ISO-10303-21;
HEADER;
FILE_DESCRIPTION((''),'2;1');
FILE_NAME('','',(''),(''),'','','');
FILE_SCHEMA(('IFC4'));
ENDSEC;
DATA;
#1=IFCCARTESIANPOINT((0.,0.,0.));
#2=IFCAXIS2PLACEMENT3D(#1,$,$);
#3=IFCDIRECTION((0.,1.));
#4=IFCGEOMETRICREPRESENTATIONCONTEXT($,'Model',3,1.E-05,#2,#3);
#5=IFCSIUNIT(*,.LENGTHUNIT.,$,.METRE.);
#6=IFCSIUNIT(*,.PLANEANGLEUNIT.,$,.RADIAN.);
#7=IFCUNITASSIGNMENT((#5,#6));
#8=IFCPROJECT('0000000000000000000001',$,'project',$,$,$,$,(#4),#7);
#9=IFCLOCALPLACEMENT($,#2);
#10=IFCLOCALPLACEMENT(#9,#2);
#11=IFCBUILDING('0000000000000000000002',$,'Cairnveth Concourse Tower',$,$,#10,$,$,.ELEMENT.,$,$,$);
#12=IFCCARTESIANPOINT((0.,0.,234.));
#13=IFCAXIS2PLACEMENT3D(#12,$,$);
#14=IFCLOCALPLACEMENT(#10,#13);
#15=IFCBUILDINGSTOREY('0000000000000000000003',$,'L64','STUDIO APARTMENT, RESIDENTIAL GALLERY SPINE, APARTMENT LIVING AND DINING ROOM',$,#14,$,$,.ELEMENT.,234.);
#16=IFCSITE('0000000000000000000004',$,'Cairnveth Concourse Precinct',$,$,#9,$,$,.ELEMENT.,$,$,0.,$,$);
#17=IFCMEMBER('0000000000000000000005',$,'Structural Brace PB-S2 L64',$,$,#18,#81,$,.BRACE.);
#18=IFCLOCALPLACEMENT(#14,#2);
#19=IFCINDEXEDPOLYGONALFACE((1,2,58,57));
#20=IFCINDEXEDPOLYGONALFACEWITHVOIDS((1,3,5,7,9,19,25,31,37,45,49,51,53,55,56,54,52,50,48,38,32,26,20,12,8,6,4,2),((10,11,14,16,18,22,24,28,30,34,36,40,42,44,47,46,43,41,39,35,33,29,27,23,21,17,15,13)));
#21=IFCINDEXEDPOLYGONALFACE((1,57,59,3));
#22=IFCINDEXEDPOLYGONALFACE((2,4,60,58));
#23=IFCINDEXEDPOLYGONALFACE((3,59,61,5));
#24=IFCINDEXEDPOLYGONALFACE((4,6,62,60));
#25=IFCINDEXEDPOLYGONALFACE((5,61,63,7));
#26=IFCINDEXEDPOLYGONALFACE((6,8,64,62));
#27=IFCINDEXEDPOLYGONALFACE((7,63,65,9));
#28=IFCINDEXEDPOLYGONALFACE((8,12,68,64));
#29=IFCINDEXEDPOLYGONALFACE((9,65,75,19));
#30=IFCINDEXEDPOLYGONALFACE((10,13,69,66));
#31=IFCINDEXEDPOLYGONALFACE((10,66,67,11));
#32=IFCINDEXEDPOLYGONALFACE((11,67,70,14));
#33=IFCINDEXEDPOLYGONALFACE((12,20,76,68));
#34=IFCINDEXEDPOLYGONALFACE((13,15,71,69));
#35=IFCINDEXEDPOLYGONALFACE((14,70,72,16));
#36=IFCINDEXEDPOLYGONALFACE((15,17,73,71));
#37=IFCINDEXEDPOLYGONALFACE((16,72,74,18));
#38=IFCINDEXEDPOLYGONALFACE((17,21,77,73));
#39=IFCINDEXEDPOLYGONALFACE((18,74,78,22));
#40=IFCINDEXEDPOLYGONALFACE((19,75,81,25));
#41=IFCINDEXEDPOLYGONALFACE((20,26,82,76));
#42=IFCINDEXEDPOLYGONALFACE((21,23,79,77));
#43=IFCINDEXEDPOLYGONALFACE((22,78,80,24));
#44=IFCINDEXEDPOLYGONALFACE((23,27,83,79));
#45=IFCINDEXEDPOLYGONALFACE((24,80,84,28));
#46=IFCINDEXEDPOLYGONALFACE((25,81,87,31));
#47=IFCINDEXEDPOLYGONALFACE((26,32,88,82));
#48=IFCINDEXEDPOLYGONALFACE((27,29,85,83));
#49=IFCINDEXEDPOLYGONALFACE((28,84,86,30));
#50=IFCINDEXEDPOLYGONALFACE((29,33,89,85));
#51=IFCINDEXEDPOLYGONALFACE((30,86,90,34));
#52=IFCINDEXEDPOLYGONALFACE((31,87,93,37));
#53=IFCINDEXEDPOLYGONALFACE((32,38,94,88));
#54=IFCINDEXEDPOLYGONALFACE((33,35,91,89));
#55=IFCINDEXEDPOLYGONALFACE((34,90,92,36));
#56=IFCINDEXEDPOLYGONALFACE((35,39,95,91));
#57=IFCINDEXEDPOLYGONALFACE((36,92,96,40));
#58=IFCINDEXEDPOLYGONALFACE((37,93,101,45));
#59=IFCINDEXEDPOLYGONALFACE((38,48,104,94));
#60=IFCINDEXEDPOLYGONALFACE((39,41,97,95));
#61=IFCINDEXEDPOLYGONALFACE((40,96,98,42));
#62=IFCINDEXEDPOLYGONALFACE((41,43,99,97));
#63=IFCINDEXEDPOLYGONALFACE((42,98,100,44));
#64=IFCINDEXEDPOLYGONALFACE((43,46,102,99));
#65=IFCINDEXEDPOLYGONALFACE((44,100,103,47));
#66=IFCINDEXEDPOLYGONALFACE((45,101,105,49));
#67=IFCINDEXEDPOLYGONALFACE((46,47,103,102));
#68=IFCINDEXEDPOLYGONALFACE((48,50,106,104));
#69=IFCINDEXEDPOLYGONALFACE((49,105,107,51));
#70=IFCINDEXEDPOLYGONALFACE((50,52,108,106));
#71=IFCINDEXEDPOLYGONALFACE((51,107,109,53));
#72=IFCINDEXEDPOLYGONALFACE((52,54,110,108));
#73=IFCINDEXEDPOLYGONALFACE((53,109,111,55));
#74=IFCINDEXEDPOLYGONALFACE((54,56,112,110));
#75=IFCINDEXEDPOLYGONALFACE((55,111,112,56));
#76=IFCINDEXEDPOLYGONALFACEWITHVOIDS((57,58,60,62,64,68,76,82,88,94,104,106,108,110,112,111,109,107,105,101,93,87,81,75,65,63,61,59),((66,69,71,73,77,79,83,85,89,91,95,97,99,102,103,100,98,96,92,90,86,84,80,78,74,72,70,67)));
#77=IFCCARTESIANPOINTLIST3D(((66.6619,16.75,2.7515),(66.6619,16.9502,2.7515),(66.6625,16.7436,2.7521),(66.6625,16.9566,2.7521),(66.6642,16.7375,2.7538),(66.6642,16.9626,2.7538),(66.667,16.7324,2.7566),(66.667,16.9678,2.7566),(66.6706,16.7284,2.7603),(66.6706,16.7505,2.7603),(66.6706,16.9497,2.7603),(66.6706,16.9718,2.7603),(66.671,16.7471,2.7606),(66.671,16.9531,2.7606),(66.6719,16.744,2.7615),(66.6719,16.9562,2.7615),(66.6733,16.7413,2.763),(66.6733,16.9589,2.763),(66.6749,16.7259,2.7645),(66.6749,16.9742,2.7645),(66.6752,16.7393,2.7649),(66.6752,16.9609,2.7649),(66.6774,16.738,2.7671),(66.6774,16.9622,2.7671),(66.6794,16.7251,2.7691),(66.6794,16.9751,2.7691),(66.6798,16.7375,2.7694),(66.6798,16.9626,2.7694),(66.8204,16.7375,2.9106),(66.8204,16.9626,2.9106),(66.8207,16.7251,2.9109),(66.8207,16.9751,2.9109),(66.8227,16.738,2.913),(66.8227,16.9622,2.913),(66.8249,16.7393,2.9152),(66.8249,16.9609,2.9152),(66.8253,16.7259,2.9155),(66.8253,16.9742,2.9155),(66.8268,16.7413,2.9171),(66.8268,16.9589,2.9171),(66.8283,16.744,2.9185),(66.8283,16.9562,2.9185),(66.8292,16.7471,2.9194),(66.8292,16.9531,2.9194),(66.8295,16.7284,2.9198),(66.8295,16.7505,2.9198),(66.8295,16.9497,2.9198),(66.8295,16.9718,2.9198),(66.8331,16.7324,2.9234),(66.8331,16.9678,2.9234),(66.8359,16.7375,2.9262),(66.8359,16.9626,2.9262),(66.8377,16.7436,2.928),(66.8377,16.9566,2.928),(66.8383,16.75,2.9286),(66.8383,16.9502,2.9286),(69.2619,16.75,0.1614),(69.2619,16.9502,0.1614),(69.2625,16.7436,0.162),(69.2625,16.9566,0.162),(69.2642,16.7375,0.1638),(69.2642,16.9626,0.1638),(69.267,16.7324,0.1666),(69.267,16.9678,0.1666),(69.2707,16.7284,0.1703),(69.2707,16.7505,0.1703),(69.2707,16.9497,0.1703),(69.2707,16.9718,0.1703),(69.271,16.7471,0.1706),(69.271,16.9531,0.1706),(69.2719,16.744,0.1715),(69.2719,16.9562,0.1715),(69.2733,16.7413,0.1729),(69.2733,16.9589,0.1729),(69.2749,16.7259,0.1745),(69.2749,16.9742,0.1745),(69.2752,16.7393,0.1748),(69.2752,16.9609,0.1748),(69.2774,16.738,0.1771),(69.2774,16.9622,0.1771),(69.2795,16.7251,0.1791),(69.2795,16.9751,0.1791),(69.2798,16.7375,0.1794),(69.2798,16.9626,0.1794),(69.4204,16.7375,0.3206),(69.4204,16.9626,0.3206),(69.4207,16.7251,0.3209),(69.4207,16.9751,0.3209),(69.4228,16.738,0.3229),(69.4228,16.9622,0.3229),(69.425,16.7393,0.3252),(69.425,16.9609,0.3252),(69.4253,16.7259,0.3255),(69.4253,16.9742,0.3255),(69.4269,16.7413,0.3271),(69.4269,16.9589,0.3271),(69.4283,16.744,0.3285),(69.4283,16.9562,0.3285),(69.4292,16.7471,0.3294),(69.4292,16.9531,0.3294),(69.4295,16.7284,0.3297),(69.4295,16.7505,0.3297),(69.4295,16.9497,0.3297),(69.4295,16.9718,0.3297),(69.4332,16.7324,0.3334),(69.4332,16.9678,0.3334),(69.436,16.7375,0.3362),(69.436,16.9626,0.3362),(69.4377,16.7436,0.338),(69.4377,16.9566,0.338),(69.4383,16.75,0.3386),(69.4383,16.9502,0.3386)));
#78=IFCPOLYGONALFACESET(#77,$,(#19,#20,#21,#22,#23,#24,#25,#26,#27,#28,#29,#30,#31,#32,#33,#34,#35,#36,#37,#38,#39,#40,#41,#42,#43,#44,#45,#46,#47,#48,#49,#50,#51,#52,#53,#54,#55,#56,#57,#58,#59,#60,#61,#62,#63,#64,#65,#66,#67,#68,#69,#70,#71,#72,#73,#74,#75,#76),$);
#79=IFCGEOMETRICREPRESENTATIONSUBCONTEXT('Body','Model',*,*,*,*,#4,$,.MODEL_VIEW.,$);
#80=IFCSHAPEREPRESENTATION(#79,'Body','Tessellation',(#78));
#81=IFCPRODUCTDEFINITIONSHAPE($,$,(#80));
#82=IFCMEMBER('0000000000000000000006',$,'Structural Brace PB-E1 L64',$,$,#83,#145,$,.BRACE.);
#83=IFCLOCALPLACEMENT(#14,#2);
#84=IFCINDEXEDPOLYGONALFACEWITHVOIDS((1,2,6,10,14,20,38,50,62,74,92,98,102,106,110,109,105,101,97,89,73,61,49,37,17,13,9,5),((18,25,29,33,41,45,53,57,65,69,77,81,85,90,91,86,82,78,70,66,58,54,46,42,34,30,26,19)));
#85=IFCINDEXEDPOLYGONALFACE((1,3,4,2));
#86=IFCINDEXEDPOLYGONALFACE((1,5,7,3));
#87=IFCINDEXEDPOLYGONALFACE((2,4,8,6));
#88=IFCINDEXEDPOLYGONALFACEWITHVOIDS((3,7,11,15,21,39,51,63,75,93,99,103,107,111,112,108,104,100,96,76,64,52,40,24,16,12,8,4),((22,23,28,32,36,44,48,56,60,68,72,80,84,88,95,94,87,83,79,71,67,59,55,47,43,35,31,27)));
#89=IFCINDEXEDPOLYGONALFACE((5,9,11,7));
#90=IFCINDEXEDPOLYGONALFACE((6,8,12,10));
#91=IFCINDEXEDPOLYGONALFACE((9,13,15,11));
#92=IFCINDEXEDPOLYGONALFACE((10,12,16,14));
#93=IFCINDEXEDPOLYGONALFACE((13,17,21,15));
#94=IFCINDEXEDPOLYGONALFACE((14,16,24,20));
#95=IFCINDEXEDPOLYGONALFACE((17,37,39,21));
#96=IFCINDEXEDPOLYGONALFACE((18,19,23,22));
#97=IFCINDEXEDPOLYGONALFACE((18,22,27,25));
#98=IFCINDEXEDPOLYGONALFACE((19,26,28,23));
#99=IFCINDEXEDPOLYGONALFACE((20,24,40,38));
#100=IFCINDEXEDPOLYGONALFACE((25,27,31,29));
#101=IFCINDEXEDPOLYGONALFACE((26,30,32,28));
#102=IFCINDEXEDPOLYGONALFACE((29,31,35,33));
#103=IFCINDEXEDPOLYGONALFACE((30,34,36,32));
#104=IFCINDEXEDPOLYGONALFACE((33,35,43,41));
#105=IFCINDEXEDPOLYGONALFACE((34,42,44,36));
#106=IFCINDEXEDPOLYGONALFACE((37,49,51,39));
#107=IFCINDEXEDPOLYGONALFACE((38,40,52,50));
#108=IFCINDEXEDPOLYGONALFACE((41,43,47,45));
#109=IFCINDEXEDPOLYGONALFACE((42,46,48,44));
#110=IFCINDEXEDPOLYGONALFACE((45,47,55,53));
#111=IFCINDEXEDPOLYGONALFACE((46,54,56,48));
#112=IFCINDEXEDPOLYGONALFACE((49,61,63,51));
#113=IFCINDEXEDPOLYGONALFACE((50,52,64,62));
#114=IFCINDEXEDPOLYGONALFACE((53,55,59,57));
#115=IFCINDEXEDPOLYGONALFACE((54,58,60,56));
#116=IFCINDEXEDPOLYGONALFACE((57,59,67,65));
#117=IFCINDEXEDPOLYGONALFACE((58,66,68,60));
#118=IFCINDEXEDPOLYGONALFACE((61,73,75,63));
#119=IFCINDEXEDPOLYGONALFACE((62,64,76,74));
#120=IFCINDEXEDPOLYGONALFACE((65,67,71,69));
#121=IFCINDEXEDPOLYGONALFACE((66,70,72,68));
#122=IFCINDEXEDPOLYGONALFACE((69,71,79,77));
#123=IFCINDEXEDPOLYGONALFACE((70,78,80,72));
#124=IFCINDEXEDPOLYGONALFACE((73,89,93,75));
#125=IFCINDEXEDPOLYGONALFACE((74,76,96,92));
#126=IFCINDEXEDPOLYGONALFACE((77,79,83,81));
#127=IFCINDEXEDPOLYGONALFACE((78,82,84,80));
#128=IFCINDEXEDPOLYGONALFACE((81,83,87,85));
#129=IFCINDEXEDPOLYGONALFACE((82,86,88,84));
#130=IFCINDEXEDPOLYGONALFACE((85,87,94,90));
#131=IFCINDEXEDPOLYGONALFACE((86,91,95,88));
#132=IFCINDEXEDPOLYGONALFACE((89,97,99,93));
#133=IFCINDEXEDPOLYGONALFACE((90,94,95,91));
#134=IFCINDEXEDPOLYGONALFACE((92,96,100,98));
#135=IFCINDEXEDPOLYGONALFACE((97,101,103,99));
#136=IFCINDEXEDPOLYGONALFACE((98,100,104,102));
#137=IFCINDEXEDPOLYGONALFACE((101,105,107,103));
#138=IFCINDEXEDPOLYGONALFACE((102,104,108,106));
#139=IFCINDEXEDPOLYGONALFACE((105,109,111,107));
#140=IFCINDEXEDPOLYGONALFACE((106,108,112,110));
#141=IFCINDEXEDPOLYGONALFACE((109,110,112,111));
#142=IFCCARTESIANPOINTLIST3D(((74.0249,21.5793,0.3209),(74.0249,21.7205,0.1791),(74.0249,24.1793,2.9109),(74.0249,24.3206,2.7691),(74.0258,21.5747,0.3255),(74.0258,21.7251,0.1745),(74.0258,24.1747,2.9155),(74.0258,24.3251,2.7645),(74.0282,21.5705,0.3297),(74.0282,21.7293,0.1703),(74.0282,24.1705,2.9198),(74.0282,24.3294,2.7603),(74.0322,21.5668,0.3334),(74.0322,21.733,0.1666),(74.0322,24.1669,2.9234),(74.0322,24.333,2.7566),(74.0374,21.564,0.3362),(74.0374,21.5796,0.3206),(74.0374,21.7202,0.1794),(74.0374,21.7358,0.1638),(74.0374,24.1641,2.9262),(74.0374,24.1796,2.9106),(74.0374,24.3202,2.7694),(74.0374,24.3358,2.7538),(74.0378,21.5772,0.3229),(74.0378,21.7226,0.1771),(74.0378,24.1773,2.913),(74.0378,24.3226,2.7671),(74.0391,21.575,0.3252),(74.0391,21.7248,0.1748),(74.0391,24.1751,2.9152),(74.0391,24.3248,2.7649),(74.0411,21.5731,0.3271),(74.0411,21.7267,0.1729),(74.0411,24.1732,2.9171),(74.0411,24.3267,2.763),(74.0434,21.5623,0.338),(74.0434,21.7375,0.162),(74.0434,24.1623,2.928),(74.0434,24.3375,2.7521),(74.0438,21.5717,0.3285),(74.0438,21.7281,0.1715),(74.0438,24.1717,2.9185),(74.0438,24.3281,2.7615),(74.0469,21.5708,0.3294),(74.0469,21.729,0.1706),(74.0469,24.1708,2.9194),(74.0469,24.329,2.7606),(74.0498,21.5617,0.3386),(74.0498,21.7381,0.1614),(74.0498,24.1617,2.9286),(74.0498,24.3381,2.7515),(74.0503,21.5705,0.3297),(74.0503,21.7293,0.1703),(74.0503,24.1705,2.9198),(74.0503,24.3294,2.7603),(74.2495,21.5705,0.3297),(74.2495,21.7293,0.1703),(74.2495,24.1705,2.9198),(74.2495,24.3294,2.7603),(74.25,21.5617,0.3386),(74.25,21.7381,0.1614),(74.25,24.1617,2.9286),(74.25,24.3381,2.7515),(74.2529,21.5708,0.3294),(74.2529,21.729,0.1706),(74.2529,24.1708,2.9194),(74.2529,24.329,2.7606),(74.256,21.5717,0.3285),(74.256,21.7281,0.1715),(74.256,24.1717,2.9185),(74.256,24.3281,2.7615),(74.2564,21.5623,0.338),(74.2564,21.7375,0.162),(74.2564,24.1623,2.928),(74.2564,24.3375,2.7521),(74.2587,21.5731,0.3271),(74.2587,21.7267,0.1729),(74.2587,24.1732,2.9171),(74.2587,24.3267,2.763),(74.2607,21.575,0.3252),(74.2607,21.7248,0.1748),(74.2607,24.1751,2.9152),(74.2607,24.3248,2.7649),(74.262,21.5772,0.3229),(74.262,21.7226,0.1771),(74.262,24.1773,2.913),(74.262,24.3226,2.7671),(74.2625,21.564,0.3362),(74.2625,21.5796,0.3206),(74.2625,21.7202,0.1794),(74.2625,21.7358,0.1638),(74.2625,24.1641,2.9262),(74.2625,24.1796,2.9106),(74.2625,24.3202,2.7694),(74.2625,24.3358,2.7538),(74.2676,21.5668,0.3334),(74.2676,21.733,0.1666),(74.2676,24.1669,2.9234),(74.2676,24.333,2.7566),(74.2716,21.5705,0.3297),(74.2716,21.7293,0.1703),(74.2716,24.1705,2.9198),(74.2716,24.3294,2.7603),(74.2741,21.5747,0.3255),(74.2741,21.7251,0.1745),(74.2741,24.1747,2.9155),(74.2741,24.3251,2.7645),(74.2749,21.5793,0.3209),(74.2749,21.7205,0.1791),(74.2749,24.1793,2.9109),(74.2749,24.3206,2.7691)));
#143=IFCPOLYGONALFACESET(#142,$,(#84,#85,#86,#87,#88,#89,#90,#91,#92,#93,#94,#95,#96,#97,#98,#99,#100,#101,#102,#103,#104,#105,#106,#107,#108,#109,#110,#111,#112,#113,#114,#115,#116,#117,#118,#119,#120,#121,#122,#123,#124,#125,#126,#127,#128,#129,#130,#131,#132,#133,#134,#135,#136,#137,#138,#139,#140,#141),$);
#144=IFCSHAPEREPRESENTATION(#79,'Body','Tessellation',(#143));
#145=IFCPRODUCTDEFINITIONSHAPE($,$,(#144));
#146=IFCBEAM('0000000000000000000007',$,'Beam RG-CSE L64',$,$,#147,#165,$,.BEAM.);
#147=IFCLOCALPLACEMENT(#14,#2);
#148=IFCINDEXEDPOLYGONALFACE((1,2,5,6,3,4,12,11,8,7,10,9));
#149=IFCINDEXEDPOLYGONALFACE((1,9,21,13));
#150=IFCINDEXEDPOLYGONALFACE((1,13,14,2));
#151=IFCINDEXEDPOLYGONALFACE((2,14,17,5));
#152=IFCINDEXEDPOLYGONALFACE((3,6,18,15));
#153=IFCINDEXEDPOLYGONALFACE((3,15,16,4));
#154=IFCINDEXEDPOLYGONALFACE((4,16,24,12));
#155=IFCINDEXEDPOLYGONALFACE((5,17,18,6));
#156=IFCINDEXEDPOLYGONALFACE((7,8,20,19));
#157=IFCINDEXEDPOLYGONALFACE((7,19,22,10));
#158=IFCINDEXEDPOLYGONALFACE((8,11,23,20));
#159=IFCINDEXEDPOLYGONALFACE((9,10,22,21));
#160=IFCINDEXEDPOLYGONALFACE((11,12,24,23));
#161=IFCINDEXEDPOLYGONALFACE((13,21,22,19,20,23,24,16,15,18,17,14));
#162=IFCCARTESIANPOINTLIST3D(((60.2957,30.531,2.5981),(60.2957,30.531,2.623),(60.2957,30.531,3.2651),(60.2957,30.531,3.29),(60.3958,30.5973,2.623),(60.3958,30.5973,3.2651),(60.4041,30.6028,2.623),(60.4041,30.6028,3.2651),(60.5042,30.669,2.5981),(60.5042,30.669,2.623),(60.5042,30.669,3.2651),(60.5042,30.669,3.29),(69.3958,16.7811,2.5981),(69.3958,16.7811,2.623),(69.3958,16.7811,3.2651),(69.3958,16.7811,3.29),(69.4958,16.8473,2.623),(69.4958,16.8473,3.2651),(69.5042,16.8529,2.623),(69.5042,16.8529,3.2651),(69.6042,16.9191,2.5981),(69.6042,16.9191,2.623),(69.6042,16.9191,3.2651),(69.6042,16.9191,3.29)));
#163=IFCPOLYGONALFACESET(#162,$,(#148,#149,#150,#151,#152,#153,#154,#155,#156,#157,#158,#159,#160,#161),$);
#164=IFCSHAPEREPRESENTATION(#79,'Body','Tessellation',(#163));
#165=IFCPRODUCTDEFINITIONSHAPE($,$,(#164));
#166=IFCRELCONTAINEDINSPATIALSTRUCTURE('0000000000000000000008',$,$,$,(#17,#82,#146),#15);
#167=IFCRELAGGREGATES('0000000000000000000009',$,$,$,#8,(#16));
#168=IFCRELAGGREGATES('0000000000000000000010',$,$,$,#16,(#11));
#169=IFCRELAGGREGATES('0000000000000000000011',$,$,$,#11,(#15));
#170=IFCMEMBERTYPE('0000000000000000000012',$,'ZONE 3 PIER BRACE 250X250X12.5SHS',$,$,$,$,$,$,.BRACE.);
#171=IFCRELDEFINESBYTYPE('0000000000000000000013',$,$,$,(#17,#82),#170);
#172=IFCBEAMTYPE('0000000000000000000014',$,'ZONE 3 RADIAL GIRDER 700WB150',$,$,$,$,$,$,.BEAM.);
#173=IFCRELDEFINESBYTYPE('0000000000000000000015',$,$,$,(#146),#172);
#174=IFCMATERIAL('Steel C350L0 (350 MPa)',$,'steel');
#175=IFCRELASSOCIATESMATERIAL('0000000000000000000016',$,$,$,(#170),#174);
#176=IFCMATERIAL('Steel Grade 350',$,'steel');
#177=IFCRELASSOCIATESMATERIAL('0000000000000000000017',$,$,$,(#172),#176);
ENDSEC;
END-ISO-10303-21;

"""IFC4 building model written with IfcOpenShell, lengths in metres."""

from ifc_helpers import new_model, si_unit, direction, frame, origin, origin_2d, place, context, subcontext, project, spatial, hollow_rectangle, i_section, extrude, material, material_profile, profile_set, type_object, element, save


model = new_model("IFC4")

# Units and contexts
model_context = context("Model", 3, precision=1e-05, world=origin(), true_north=direction((0.0, 1.0)))
body_context = subcontext(model_context, "Body", "Model", "MODEL_VIEW")
ifc_project = project(units=[si_unit("LENGTHUNIT", "METRE"), si_unit("PLANEANGLEUNIT", "RADIAN")], contexts=[model_context])

# Site, building, storey
site_placement = place(None, origin())
site = spatial("IfcSite", under=ifc_project, at=site_placement, Name="Cairnveth Concourse Precinct", CompositionType="ELEMENT", RefElevation=0.0)
building_placement = place(site_placement, origin())
building = spatial("IfcBuilding", under=site, at=building_placement, Name="Cairnveth Concourse Tower", CompositionType="ELEMENT")
storey_placement = place(building_placement, frame((0.0, 0.0, 234.0)))
storey = spatial("IfcBuildingStorey", under=building, at=storey_placement, Name="L64", Description="STUDIO APARTMENT, RESIDENTIAL GALLERY SPINE, APARTMENT LIVING AND DINING ROOM", CompositionType="ELEMENT", Elevation=234.0)

# Shared definitions
ifc_material_1 = material(Name="Steel Grade 350", Category="steel")

# Members
ifc_material_2 = material(Name="Steel C350L0 (350 MPa)", Category="steel")
ifc_material_profile_1 = material_profile(ifc_material_2, hollow_rectangle(XDim=0.25, YDim=0.25, WallThickness=0.0125, InnerFilletRadius=0.0129, OuterFilletRadius=0.0249, at=origin_2d()), Name="250x250x12.5SHS")
ifc_profile_set_1 = profile_set([ifc_material_profile_1], Name="Steel C350L0 (350 MPa)")
member_type = type_object("IfcMemberType", Name="ZONE 3 PIER BRACE 250X250X12.5SHS", PredefinedType="BRACE", material=ifc_profile_set_1)
for number, where, z_axis, x_axis, name in (
    (1, (69.3501, 16.8501, 0.25), (-0.708469, 0.0, 0.705742), (0.0, -1.0, 0.0), "Structural Brace PB-S2 L64"),
    (2, (74.1499, 21.6499, 0.25), (0.0, 0.708469, 0.705742), (-1.0, 0.0, 0.0), "Structural Brace PB-E1 L64"),
):
    element("IfcMember", number, at=place(storey_placement, frame(where, z_axis=z_axis, x_axis=x_axis)), inside=storey, type_object=member_type, Name=name, PredefinedType="BRACE", context=body_context, shape_type="SweptSolid", body=[
        extrude(hollow_rectangle(XDim=0.25, YDim=0.25, WallThickness=0.0125, InnerFilletRadius=0.0129, OuterFilletRadius=0.0249, at=origin_2d()), origin(), (0.0, 0.0, 1.0), 3.6699),
    ])

# Beam
ifc_material_profile_2 = material_profile(ifc_material_1, i_section(OverallWidth=0.25, OverallDepth=0.6919, WebThickness=0.01, FlangeThickness=0.0249, at=origin_2d()), Name="700WB150")
ifc_profile_set_2 = profile_set([ifc_material_profile_2], Name="Steel Grade 350")
beam_type_1 = type_object("IfcBeamType", Name="ZONE 3 RADIAL GIRDER 700WB150", PredefinedType="BEAM", material=ifc_profile_set_2)
beam_1_placement = place(storey_placement, frame((69.5, 16.8501, 2.9441), z_axis=(-0.551902, 0.833909, 0.0), x_axis=(-0.833909, -0.551902, 0.0)))
element("IfcBeam", 3, at=beam_1_placement, inside=storey, type_object=beam_type_1, Name="Beam RG-CSE L64", PredefinedType="BEAM", context=body_context, shape_type="SweptSolid", body=[
    extrude(i_section(OverallWidth=0.25, OverallDepth=0.6919, WebThickness=0.01, FlangeThickness=0.0249, at=origin_2d()), origin(), (0.0, 0.0, 1.0), 16.4885),
])

save(model, "model.ifc")
